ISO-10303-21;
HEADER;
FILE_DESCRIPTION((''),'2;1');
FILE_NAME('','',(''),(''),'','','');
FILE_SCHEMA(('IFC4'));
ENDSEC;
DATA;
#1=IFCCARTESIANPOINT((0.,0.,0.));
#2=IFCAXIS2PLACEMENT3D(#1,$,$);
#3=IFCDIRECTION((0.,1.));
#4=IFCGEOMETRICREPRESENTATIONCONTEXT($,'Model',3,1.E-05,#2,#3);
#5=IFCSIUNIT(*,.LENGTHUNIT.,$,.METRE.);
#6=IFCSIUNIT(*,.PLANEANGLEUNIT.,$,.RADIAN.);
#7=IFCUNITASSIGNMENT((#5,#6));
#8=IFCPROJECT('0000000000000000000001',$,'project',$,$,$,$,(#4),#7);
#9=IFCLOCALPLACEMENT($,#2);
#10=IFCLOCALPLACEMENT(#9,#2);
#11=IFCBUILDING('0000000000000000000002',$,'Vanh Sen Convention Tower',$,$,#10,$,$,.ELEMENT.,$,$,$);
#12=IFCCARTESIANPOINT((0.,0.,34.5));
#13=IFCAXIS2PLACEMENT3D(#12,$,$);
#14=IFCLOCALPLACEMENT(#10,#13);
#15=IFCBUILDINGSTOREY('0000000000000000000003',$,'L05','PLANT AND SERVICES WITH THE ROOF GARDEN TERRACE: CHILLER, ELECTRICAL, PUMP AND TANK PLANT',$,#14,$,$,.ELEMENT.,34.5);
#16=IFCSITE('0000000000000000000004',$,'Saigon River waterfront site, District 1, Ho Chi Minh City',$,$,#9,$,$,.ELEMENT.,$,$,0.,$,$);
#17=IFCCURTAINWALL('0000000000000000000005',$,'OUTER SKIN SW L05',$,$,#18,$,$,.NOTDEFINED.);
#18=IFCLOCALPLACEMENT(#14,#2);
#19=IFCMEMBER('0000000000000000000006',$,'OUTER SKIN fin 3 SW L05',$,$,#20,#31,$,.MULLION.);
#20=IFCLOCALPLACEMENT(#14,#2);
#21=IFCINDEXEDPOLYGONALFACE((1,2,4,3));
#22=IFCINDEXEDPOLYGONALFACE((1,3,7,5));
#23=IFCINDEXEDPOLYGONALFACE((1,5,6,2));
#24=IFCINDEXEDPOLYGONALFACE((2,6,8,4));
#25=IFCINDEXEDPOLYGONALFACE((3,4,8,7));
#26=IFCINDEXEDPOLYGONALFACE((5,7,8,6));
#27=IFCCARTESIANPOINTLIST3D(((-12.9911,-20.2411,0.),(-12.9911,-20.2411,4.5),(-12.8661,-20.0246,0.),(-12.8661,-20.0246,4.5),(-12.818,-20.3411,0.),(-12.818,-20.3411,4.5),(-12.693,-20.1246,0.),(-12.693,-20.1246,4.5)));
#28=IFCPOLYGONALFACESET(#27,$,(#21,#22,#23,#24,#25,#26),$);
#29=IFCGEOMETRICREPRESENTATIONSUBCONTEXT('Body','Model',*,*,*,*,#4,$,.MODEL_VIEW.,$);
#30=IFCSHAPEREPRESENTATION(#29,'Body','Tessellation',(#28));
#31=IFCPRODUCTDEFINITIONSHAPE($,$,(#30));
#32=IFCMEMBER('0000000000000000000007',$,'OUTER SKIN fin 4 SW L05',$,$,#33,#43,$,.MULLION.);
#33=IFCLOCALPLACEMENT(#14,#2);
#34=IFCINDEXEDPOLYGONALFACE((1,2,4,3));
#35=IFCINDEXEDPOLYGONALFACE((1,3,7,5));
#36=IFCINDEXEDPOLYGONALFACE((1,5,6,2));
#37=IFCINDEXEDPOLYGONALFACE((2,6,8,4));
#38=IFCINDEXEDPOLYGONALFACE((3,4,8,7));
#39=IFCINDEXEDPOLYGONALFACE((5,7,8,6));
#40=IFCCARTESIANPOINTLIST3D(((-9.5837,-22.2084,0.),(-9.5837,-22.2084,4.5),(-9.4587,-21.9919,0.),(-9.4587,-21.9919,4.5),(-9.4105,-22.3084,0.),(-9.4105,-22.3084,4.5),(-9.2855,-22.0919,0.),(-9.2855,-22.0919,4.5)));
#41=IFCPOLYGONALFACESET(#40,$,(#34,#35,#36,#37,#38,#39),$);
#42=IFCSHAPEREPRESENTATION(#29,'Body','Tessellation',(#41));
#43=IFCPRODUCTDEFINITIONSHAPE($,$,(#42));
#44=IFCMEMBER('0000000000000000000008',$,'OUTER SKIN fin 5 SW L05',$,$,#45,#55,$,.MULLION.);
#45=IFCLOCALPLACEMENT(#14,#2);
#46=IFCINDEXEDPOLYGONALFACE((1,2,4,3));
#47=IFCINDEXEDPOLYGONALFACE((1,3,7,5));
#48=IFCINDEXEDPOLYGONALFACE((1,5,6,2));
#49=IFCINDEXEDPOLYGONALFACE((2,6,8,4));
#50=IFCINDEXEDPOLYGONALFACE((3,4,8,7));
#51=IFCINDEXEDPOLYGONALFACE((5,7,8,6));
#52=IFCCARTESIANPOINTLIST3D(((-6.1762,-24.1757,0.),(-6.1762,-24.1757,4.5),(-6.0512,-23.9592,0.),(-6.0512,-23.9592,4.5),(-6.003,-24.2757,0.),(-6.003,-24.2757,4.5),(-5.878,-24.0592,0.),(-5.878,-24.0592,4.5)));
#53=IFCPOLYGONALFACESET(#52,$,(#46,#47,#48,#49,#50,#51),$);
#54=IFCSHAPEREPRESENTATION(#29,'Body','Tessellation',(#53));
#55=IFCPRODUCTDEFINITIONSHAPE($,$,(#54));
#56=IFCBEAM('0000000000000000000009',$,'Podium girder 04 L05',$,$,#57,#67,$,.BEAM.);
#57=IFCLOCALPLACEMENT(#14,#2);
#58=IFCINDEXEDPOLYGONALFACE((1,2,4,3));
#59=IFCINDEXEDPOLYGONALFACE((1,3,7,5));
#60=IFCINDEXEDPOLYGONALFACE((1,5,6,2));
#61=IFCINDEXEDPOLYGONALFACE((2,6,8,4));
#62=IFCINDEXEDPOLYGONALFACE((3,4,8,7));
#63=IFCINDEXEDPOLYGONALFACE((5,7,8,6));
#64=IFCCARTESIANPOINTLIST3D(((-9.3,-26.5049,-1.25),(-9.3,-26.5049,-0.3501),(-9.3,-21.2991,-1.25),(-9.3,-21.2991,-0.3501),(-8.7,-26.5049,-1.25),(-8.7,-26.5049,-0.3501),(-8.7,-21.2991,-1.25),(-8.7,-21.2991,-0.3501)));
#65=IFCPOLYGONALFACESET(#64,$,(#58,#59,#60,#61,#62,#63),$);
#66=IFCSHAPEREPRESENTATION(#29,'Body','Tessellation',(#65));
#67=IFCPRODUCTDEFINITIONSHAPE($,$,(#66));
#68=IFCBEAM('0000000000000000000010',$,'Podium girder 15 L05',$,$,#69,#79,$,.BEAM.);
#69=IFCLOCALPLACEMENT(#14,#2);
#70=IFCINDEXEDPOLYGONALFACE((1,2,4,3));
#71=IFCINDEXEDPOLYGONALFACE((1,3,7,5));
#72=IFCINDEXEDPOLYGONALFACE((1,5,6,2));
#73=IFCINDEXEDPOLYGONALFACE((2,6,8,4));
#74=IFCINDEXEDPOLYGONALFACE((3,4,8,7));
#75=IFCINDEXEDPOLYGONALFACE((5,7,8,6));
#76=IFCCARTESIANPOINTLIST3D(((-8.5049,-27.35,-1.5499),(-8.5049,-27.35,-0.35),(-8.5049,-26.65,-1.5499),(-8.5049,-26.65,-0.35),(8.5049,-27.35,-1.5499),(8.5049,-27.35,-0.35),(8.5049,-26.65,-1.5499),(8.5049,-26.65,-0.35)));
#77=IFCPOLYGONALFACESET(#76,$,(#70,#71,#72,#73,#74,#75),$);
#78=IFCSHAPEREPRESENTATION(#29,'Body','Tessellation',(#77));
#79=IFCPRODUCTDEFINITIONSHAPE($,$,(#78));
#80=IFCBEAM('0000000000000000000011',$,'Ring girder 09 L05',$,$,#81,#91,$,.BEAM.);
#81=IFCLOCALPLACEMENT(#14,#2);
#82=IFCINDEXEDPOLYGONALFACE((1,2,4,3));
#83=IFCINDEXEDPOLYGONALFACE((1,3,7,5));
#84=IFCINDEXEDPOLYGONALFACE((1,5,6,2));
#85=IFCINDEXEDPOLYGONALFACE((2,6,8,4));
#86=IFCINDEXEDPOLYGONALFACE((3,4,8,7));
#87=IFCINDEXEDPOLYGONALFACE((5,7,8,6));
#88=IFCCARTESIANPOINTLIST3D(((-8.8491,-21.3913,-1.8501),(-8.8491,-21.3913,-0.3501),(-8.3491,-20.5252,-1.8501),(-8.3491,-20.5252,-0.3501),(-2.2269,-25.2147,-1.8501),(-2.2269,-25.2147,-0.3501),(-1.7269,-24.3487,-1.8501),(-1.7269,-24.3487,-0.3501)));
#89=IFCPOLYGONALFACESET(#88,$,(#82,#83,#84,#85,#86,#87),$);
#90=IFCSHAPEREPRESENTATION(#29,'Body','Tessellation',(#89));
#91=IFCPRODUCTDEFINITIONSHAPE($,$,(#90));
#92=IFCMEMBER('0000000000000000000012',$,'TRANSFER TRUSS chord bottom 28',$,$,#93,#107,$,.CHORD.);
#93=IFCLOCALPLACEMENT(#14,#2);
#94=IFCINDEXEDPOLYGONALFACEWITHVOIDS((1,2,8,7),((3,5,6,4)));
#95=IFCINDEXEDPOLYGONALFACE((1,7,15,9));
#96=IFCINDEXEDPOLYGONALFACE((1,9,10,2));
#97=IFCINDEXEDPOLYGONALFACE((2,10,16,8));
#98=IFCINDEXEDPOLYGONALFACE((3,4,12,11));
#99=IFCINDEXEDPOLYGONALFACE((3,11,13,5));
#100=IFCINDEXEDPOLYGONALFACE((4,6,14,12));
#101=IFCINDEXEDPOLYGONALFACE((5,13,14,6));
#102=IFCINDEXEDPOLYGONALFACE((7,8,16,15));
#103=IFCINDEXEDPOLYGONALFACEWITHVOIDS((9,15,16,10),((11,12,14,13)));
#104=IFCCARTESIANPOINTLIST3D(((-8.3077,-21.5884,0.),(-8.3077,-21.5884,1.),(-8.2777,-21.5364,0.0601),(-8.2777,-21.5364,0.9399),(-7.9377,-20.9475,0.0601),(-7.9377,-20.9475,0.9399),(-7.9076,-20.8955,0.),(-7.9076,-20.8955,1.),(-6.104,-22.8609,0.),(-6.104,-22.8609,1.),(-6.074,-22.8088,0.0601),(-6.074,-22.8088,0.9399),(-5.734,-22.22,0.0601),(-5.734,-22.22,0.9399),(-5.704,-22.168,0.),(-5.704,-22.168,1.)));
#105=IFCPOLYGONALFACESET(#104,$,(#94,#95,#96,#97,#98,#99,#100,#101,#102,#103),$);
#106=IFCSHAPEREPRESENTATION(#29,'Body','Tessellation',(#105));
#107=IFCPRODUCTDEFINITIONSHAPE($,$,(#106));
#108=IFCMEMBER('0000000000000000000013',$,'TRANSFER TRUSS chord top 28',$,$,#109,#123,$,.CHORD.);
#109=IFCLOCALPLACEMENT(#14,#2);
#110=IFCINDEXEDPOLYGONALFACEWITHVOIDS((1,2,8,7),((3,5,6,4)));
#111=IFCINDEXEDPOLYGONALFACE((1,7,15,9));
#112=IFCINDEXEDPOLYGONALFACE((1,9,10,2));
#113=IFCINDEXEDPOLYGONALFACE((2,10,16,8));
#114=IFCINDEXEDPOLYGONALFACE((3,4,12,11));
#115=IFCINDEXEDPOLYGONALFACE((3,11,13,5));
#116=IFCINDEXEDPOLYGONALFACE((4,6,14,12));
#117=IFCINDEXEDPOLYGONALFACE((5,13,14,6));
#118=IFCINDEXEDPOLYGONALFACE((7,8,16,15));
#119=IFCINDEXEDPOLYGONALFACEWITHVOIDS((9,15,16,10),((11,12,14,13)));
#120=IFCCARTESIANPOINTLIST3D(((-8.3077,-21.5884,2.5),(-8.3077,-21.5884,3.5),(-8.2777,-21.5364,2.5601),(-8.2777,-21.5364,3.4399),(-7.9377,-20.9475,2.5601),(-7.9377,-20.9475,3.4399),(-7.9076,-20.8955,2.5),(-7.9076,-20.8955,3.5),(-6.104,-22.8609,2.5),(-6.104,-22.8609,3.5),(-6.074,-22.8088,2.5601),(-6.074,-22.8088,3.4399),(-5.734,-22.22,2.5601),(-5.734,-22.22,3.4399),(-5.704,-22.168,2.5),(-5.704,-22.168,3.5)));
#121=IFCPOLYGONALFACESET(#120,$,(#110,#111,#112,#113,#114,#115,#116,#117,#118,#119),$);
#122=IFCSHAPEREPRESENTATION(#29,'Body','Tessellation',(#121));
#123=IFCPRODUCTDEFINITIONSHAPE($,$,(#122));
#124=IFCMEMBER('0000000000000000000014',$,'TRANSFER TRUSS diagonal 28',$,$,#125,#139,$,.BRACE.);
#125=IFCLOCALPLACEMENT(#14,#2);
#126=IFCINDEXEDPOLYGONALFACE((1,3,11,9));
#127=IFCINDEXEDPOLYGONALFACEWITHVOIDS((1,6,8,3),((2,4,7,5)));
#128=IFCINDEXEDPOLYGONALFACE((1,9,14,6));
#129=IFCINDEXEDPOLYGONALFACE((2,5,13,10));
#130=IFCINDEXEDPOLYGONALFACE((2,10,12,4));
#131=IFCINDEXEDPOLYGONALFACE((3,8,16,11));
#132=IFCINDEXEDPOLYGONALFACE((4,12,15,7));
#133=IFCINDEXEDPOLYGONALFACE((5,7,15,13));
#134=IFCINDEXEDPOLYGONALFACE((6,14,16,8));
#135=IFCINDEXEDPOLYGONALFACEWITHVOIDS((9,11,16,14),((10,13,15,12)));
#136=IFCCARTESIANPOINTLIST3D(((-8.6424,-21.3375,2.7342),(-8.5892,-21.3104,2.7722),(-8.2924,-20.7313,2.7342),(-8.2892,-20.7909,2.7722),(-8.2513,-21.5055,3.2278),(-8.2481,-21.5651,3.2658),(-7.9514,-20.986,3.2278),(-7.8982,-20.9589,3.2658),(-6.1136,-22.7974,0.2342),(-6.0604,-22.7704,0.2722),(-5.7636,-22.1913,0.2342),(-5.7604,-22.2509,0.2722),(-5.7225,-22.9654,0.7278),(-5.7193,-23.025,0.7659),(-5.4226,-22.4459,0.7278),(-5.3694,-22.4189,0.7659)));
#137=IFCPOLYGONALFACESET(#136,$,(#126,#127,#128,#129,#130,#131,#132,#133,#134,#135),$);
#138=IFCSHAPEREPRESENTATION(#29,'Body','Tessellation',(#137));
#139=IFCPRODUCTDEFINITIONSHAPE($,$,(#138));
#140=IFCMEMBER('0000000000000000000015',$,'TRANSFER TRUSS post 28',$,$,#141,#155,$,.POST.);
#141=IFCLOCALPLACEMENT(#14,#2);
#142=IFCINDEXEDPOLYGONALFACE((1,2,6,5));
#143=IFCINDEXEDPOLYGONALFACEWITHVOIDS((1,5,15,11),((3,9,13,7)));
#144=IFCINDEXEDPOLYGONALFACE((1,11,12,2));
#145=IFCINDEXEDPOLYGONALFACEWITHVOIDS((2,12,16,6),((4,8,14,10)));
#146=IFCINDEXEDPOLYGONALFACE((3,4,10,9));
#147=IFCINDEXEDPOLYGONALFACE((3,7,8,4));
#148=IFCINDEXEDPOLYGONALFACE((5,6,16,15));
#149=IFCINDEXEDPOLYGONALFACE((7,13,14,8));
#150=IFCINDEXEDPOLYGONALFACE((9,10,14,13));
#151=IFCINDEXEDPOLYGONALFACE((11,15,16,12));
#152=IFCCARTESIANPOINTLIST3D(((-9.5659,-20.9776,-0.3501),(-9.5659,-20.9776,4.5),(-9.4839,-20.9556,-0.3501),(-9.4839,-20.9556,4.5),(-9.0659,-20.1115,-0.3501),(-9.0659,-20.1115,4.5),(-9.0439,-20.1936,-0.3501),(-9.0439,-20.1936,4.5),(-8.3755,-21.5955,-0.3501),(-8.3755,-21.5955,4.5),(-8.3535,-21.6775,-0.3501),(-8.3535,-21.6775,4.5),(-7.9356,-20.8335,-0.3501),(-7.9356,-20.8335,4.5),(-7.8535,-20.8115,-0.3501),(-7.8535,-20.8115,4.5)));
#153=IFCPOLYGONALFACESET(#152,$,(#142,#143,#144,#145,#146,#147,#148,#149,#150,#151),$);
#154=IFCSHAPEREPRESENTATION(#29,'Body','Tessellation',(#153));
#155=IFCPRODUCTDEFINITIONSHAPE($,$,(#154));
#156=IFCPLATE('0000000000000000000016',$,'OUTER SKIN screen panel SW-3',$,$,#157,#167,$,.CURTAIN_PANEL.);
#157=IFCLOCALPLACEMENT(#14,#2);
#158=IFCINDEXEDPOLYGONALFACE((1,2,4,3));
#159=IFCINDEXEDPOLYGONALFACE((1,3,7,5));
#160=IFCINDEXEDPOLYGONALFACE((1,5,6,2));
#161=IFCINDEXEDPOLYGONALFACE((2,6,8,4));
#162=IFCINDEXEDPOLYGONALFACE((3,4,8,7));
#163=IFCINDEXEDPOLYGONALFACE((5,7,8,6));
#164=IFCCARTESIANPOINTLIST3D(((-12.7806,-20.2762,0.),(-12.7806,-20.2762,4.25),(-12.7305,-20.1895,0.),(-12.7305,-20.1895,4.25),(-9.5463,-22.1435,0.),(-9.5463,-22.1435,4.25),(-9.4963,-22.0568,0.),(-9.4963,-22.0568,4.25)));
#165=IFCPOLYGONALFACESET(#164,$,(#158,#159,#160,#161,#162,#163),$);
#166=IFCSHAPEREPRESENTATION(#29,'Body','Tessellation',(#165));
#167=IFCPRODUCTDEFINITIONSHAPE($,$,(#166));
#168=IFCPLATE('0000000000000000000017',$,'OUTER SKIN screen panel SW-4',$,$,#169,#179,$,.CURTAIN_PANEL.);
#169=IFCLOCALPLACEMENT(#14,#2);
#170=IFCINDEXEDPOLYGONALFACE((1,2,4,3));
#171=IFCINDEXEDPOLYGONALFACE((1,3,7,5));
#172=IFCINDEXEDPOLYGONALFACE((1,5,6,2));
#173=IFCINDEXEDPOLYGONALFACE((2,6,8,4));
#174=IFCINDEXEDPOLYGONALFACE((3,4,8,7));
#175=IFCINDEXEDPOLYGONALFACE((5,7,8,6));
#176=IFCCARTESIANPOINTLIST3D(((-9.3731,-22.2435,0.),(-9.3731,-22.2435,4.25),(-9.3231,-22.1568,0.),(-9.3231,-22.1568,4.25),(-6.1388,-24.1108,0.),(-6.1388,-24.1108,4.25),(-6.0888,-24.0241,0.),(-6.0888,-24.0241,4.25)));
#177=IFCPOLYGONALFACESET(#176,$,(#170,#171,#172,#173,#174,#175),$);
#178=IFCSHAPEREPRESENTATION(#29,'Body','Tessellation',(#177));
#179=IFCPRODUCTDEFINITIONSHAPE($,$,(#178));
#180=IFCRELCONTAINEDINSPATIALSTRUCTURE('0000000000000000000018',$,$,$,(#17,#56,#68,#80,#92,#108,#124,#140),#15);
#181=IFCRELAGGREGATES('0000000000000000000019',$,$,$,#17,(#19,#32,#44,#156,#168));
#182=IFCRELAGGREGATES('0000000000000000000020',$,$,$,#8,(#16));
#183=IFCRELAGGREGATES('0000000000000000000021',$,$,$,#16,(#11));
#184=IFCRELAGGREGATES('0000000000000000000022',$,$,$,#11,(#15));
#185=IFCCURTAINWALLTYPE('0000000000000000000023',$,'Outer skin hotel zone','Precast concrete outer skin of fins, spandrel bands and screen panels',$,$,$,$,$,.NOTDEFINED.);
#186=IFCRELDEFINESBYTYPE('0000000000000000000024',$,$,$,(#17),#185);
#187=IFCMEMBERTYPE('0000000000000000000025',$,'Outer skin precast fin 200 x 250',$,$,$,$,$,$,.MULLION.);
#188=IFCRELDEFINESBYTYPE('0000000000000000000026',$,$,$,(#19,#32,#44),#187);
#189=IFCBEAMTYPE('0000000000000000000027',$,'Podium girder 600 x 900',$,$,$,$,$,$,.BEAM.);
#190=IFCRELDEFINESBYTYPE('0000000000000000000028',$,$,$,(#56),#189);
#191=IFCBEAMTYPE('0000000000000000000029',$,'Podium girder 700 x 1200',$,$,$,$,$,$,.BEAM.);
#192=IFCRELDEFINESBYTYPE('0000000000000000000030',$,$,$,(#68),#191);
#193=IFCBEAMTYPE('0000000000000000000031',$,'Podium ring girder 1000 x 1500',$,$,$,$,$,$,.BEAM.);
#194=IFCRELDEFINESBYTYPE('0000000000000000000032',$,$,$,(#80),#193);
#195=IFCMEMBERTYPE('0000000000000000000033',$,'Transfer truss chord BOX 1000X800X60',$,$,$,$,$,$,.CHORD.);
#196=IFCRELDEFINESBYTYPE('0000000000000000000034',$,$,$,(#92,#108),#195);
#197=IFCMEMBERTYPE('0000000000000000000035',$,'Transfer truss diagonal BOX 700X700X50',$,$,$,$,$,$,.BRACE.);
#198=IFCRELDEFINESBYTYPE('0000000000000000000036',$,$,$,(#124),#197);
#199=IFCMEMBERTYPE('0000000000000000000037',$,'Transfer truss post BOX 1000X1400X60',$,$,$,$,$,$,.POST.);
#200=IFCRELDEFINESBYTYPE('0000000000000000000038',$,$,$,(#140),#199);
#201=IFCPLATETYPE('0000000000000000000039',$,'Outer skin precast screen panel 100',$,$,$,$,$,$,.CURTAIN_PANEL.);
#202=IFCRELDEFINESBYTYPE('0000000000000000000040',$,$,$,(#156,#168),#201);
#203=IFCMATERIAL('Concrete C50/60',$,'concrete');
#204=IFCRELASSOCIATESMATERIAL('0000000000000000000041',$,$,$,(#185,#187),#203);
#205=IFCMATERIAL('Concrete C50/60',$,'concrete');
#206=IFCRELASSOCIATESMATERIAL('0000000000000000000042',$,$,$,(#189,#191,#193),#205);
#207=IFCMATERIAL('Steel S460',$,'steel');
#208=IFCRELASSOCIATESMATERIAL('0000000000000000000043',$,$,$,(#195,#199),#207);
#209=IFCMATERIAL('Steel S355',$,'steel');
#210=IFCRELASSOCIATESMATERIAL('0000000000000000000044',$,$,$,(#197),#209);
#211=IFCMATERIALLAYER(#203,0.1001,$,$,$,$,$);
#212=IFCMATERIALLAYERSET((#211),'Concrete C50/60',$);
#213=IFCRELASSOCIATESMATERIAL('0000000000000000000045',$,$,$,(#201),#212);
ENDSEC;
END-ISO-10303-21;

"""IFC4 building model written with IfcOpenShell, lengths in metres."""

from ifc_helpers import new_model, si_unit, direction, frame, origin, origin_2d, place, context, subcontext, project, spatial, rectangle, hollow_rectangle, extrude, material, layer, layer_set, material_profile, profile_set, type_object, element, aggregate, save


model = new_model("IFC4")

# Units and contexts
model_context = context("Model", 3, precision=1e-05, world=origin(), true_north=direction((0.0, 1.0)))
body_context = subcontext(model_context, "Body", "Model", "MODEL_VIEW")
ifc_project = project(units=[si_unit("LENGTHUNIT", "METRE"), si_unit("PLANEANGLEUNIT", "RADIAN")], contexts=[model_context])

# Site, building, storey
site_placement = place(None, origin())
site = spatial("IfcSite", under=ifc_project, at=site_placement, Name="Saigon River waterfront site, District 1, Ho Chi Minh City", CompositionType="ELEMENT", RefElevation=0.0)
building_placement = place(site_placement, origin())
building = spatial("IfcBuilding", under=site, at=building_placement, Name="Vanh Sen Convention Tower", CompositionType="ELEMENT")
storey_placement = place(building_placement, frame((0.0, 0.0, 34.5)))
storey = spatial("IfcBuildingStorey", under=building, at=storey_placement, Name="L05", Description="PLANT AND SERVICES WITH THE ROOF GARDEN TERRACE: CHILLER, ELECTRICAL, PUMP AND TANK PLANT", CompositionType="ELEMENT", Elevation=34.5)

# Curtain wall, members
ifc_material_1 = material(Name="Concrete C50/60", Category="concrete")
curtain_wall_type = type_object("IfcCurtainWallType", Name="Outer skin hotel zone", Description="Precast concrete outer skin of fins, spandrel bands and screen panels", PredefinedType="NOTDEFINED", material=ifc_material_1)
curtain_wall_placement = place(storey_placement, origin())
curtain_wall = element("IfcCurtainWall", 1, at=curtain_wall_placement, inside=storey, type_object=curtain_wall_type, Name="OUTER SKIN SW L05", PredefinedType="NOTDEFINED")
ifc_material_profile_1 = material_profile(ifc_material_1, rectangle(XDim=0.2, YDim=0.25, at=origin_2d()), Name="Outer skin precast fin 200 x 250")
ifc_profile_set_1 = profile_set([ifc_material_profile_1], Name="Concrete C50/60")
member_type_1 = type_object("IfcMemberType", Name="Outer skin precast fin 200 x 250", PredefinedType="MULLION", material=ifc_profile_set_1)
member_1_placement = place(storey_placement, frame((-12.842, -20.1829, 0.0), z_axis=(0.0, 0.0, 1.0), x_axis=(0.866025, -0.5, 0.0)))
member_1 = element("IfcMember", 2, at=member_1_placement, type_object=member_type_1, Name="OUTER SKIN fin 3 SW L05", PredefinedType="MULLION", context=body_context, shape_type="SweptSolid", body=[
    extrude(rectangle(XDim=0.2, YDim=0.25, at=origin_2d()), origin(), (0.0, 0.0, 1.0), 4.5),
])
member_2_placement = place(storey_placement, frame((-9.4346, -22.1501, 0.0), z_axis=(0.0, 0.0, 1.0), x_axis=(0.866025, -0.5, 0.0)))
member_2 = element("IfcMember", 3, at=member_2_placement, type_object=member_type_1, Name="OUTER SKIN fin 4 SW L05", PredefinedType="MULLION", context=body_context, shape_type="SweptSolid", body=[
    extrude(rectangle(XDim=0.2, YDim=0.25, at=origin_2d()), origin(), (0.0, 0.0, 1.0), 4.5),
])
member_3_placement = place(storey_placement, frame((-6.0271, -24.1174, 0.0), z_axis=(0.0, 0.0, 1.0), x_axis=(0.866025, -0.5, 0.0)))
member_3 = element("IfcMember", 4, at=member_3_placement, type_object=member_type_1, Name="OUTER SKIN fin 5 SW L05", PredefinedType="MULLION", context=body_context, shape_type="SweptSolid", body=[
    extrude(rectangle(XDim=0.2, YDim=0.25, at=origin_2d()), origin(), (0.0, 0.0, 1.0), 4.5),
])

# Beams
ifc_material_2 = material(Name="Concrete C50/60", Category="concrete")
ifc_material_profile_2 = material_profile(ifc_material_2, rectangle(XDim=0.6001, YDim=0.8999, at=origin_2d()), Name="RC 600X900")
ifc_profile_set_2 = profile_set([ifc_material_profile_2], Name="Concrete C50/60")
beam_type_1 = type_object("IfcBeamType", Name="Podium girder 600 x 900", PredefinedType="BEAM", material=ifc_profile_set_2)
beam_1_placement = place(storey_placement, frame((-9.0, -26.5049, -0.8), z_axis=(0.0, 1.0, 0.0), x_axis=(-1.0, 0.0, 0.0)))
element("IfcBeam", 5, at=beam_1_placement, inside=storey, type_object=beam_type_1, Name="Podium girder 04 L05", PredefinedType="BEAM", context=body_context, shape_type="SweptSolid", body=[
    extrude(rectangle(XDim=0.6001, YDim=0.8999, at=origin_2d()), origin(), (0.0, 0.0, 1.0), 5.2058),
])
ifc_material_profile_3 = material_profile(ifc_material_2, rectangle(XDim=0.7, YDim=1.2, at=origin_2d()), Name="RC 700X1200")
ifc_profile_set_3 = profile_set([ifc_material_profile_3], Name="Concrete C50/60")
beam_type_2 = type_object("IfcBeamType", Name="Podium girder 700 x 1200", PredefinedType="BEAM", material=ifc_profile_set_3)
beam_2_placement = place(storey_placement, frame((-8.5049, -27.0, -0.95), z_axis=(1.0, 0.0, 0.0), x_axis=(0.0, 1.0, 0.0)))
element("IfcBeam", 6, at=beam_2_placement, inside=storey, type_object=beam_type_2, Name="Podium girder 15 L05", PredefinedType="BEAM", context=body_context, shape_type="SweptSolid", body=[
    extrude(rectangle(XDim=0.7, YDim=1.2, at=origin_2d()), origin(), (0.0, 0.0, 1.0), 17.0098),
])
ifc_material_profile_4 = material_profile(ifc_material_2, rectangle(XDim=1.0, YDim=1.5, at=origin_2d()), Name="RC 1000X1500")
ifc_profile_set_4 = profile_set([ifc_material_profile_4], Name="Concrete C50/60")
beam_type_3 = type_object("IfcBeamType", Name="Podium ring girder 1000 x 1500", PredefinedType="BEAM", material=ifc_profile_set_4)
beam_3_placement = place(storey_placement, frame((-8.5991, -20.9583, -1.1001), z_axis=(0.86602, -0.500009, 0.0), x_axis=(0.500009, 0.86602, 0.0)))
element("IfcBeam", 7, at=beam_3_placement, inside=storey, type_object=beam_type_3, Name="Ring girder 09 L05", PredefinedType="BEAM", context=body_context, shape_type="SweptSolid", body=[
    extrude(rectangle(XDim=1.0, YDim=1.5, at=origin_2d()), origin(), (0.0, 0.0, 1.0), 7.6467),
])

# Members
ifc_material_3 = material(Name="Steel S460", Category="steel")
ifc_material_profile_5 = material_profile(ifc_material_3, hollow_rectangle(XDim=0.8, YDim=1.0, WallThickness=0.0601, at=origin_2d()), Name="BOX 1000X800X60")
ifc_profile_set_5 = profile_set([ifc_material_profile_5], Name="Steel S460")
member_type_2 = type_object("IfcMemberType", Name="Transfer truss chord BOX 1000X800X60", PredefinedType="CHORD", material=ifc_profile_set_5)
for number, where, z_axis, x_axis, name in (
    (8, (-8.1077, -21.2419, 0.5), (0.865991, -0.50006, 0.0), (0.50006, 0.865991, 0.0), "TRANSFER TRUSS chord bottom 28"),
    (9, (-8.1077, -21.2419, 3.0), (0.865991, -0.50006, 0.0), (0.50006, 0.865991, 0.0), "TRANSFER TRUSS chord top 28"),
):
    element("IfcMember", number, at=place(storey_placement, frame(where, z_axis=z_axis, x_axis=x_axis)), inside=storey, type_object=member_type_2, Name=name, PredefinedType="CHORD", context=body_context, shape_type="SweptSolid", body=[
        extrude(hollow_rectangle(XDim=0.8, YDim=1.0, WallThickness=0.0601, at=origin_2d()), origin(), (0.0, 0.0, 1.0), 2.5447),
    ])
ifc_material_4 = material(Name="Steel S355", Category="steel")
ifc_material_profile_6 = material_profile(ifc_material_4, hollow_rectangle(XDim=0.7, YDim=0.7, WallThickness=0.05, at=origin_2d()), Name="BOX 700X700X50")
ifc_profile_set_6 = profile_set([ifc_material_profile_6], Name="Steel S355")
member_type_3 = type_object("IfcMemberType", Name="Transfer truss diagonal BOX 700X700X50", PredefinedType="BRACE", material=ifc_profile_set_6)
member_4_placement = place(storey_placement, frame((-8.2703, -21.1482, 3.0), z_axis=(0.657858, -0.379802, -0.650364), x_axis=(0.499988, 0.866032, 0.0)))
element("IfcMember", 10, at=member_4_placement, inside=storey, type_object=member_type_3, Name="TRANSFER TRUSS diagonal 28", PredefinedType="BRACE", context=body_context, shape_type="SweptSolid", body=[
    extrude(hollow_rectangle(XDim=0.7, YDim=0.7, WallThickness=0.05, at=origin_2d()), origin(), (0.0, 0.0, 1.0), 3.844),
])
ifc_material_profile_7 = material_profile(ifc_material_3, hollow_rectangle(XDim=1.3999, YDim=1.0, WallThickness=0.0601, at=origin_2d()), Name="BOX 1000X1400X60")
ifc_profile_set_7 = profile_set([ifc_material_profile_7], Name="Steel S460")
member_type_4 = type_object("IfcMemberType", Name="Transfer truss post BOX 1000X1400X60", PredefinedType="POST", material=ifc_profile_set_7)
member_5_placement = place(storey_placement, frame((-8.7097, -20.8945, -0.3501), z_axis=(0.0, 0.0, 1.0), x_axis=(0.866025, -0.5, 0.0)))
element("IfcMember", 11, at=member_5_placement, inside=storey, type_object=member_type_4, Name="TRANSFER TRUSS post 28", PredefinedType="POST", context=body_context, shape_type="SweptSolid", body=[
    extrude(hollow_rectangle(XDim=1.3999, YDim=1.0, WallThickness=0.0601, at=origin_2d()), origin(), (0.0, 0.0, 1.0), 4.8501),
])

# Plates
ifc_layer_1 = layer(ifc_material_1, 0.1001)
ifc_layer_set_1 = layer_set([ifc_layer_1], Name="Concrete C50/60")
plate_type = type_object("IfcPlateType", Name="Outer skin precast screen panel 100", PredefinedType="CURTAIN_PANEL", material=ifc_layer_set_1)
plate_1_placement = place(storey_placement, frame((-11.1384, -21.1665, 0.0), z_axis=(0.0, 0.0, 1.0), x_axis=(0.866028, -0.499995, 0.0)))
plate_1 = element("IfcPlate", 12, at=plate_1_placement, type_object=plate_type, Name="OUTER SKIN screen panel SW-3", PredefinedType="CURTAIN_PANEL", context=body_context, shape_type="SweptSolid", body=[
    extrude(rectangle(XDim=3.7346, YDim=0.1001, at=origin_2d()), origin(), (0.0, 0.0, 1.0), 4.25),
])
plate_2_placement = place(storey_placement, frame((-7.731, -23.1338, 0.0), z_axis=(0.0, 0.0, 1.0), x_axis=(0.866028, -0.499995, 0.0)))
plate_2 = element("IfcPlate", 13, at=plate_2_placement, type_object=plate_type, Name="OUTER SKIN screen panel SW-4", PredefinedType="CURTAIN_PANEL", context=body_context, shape_type="SweptSolid", body=[
    extrude(rectangle(XDim=3.7346, YDim=0.1001, at=origin_2d()), origin(), (0.0, 0.0, 1.0), 4.25),
])
aggregate(curtain_wall, [member_1, member_2, member_3, plate_1, plate_2])

save(model, "model.ifc")
